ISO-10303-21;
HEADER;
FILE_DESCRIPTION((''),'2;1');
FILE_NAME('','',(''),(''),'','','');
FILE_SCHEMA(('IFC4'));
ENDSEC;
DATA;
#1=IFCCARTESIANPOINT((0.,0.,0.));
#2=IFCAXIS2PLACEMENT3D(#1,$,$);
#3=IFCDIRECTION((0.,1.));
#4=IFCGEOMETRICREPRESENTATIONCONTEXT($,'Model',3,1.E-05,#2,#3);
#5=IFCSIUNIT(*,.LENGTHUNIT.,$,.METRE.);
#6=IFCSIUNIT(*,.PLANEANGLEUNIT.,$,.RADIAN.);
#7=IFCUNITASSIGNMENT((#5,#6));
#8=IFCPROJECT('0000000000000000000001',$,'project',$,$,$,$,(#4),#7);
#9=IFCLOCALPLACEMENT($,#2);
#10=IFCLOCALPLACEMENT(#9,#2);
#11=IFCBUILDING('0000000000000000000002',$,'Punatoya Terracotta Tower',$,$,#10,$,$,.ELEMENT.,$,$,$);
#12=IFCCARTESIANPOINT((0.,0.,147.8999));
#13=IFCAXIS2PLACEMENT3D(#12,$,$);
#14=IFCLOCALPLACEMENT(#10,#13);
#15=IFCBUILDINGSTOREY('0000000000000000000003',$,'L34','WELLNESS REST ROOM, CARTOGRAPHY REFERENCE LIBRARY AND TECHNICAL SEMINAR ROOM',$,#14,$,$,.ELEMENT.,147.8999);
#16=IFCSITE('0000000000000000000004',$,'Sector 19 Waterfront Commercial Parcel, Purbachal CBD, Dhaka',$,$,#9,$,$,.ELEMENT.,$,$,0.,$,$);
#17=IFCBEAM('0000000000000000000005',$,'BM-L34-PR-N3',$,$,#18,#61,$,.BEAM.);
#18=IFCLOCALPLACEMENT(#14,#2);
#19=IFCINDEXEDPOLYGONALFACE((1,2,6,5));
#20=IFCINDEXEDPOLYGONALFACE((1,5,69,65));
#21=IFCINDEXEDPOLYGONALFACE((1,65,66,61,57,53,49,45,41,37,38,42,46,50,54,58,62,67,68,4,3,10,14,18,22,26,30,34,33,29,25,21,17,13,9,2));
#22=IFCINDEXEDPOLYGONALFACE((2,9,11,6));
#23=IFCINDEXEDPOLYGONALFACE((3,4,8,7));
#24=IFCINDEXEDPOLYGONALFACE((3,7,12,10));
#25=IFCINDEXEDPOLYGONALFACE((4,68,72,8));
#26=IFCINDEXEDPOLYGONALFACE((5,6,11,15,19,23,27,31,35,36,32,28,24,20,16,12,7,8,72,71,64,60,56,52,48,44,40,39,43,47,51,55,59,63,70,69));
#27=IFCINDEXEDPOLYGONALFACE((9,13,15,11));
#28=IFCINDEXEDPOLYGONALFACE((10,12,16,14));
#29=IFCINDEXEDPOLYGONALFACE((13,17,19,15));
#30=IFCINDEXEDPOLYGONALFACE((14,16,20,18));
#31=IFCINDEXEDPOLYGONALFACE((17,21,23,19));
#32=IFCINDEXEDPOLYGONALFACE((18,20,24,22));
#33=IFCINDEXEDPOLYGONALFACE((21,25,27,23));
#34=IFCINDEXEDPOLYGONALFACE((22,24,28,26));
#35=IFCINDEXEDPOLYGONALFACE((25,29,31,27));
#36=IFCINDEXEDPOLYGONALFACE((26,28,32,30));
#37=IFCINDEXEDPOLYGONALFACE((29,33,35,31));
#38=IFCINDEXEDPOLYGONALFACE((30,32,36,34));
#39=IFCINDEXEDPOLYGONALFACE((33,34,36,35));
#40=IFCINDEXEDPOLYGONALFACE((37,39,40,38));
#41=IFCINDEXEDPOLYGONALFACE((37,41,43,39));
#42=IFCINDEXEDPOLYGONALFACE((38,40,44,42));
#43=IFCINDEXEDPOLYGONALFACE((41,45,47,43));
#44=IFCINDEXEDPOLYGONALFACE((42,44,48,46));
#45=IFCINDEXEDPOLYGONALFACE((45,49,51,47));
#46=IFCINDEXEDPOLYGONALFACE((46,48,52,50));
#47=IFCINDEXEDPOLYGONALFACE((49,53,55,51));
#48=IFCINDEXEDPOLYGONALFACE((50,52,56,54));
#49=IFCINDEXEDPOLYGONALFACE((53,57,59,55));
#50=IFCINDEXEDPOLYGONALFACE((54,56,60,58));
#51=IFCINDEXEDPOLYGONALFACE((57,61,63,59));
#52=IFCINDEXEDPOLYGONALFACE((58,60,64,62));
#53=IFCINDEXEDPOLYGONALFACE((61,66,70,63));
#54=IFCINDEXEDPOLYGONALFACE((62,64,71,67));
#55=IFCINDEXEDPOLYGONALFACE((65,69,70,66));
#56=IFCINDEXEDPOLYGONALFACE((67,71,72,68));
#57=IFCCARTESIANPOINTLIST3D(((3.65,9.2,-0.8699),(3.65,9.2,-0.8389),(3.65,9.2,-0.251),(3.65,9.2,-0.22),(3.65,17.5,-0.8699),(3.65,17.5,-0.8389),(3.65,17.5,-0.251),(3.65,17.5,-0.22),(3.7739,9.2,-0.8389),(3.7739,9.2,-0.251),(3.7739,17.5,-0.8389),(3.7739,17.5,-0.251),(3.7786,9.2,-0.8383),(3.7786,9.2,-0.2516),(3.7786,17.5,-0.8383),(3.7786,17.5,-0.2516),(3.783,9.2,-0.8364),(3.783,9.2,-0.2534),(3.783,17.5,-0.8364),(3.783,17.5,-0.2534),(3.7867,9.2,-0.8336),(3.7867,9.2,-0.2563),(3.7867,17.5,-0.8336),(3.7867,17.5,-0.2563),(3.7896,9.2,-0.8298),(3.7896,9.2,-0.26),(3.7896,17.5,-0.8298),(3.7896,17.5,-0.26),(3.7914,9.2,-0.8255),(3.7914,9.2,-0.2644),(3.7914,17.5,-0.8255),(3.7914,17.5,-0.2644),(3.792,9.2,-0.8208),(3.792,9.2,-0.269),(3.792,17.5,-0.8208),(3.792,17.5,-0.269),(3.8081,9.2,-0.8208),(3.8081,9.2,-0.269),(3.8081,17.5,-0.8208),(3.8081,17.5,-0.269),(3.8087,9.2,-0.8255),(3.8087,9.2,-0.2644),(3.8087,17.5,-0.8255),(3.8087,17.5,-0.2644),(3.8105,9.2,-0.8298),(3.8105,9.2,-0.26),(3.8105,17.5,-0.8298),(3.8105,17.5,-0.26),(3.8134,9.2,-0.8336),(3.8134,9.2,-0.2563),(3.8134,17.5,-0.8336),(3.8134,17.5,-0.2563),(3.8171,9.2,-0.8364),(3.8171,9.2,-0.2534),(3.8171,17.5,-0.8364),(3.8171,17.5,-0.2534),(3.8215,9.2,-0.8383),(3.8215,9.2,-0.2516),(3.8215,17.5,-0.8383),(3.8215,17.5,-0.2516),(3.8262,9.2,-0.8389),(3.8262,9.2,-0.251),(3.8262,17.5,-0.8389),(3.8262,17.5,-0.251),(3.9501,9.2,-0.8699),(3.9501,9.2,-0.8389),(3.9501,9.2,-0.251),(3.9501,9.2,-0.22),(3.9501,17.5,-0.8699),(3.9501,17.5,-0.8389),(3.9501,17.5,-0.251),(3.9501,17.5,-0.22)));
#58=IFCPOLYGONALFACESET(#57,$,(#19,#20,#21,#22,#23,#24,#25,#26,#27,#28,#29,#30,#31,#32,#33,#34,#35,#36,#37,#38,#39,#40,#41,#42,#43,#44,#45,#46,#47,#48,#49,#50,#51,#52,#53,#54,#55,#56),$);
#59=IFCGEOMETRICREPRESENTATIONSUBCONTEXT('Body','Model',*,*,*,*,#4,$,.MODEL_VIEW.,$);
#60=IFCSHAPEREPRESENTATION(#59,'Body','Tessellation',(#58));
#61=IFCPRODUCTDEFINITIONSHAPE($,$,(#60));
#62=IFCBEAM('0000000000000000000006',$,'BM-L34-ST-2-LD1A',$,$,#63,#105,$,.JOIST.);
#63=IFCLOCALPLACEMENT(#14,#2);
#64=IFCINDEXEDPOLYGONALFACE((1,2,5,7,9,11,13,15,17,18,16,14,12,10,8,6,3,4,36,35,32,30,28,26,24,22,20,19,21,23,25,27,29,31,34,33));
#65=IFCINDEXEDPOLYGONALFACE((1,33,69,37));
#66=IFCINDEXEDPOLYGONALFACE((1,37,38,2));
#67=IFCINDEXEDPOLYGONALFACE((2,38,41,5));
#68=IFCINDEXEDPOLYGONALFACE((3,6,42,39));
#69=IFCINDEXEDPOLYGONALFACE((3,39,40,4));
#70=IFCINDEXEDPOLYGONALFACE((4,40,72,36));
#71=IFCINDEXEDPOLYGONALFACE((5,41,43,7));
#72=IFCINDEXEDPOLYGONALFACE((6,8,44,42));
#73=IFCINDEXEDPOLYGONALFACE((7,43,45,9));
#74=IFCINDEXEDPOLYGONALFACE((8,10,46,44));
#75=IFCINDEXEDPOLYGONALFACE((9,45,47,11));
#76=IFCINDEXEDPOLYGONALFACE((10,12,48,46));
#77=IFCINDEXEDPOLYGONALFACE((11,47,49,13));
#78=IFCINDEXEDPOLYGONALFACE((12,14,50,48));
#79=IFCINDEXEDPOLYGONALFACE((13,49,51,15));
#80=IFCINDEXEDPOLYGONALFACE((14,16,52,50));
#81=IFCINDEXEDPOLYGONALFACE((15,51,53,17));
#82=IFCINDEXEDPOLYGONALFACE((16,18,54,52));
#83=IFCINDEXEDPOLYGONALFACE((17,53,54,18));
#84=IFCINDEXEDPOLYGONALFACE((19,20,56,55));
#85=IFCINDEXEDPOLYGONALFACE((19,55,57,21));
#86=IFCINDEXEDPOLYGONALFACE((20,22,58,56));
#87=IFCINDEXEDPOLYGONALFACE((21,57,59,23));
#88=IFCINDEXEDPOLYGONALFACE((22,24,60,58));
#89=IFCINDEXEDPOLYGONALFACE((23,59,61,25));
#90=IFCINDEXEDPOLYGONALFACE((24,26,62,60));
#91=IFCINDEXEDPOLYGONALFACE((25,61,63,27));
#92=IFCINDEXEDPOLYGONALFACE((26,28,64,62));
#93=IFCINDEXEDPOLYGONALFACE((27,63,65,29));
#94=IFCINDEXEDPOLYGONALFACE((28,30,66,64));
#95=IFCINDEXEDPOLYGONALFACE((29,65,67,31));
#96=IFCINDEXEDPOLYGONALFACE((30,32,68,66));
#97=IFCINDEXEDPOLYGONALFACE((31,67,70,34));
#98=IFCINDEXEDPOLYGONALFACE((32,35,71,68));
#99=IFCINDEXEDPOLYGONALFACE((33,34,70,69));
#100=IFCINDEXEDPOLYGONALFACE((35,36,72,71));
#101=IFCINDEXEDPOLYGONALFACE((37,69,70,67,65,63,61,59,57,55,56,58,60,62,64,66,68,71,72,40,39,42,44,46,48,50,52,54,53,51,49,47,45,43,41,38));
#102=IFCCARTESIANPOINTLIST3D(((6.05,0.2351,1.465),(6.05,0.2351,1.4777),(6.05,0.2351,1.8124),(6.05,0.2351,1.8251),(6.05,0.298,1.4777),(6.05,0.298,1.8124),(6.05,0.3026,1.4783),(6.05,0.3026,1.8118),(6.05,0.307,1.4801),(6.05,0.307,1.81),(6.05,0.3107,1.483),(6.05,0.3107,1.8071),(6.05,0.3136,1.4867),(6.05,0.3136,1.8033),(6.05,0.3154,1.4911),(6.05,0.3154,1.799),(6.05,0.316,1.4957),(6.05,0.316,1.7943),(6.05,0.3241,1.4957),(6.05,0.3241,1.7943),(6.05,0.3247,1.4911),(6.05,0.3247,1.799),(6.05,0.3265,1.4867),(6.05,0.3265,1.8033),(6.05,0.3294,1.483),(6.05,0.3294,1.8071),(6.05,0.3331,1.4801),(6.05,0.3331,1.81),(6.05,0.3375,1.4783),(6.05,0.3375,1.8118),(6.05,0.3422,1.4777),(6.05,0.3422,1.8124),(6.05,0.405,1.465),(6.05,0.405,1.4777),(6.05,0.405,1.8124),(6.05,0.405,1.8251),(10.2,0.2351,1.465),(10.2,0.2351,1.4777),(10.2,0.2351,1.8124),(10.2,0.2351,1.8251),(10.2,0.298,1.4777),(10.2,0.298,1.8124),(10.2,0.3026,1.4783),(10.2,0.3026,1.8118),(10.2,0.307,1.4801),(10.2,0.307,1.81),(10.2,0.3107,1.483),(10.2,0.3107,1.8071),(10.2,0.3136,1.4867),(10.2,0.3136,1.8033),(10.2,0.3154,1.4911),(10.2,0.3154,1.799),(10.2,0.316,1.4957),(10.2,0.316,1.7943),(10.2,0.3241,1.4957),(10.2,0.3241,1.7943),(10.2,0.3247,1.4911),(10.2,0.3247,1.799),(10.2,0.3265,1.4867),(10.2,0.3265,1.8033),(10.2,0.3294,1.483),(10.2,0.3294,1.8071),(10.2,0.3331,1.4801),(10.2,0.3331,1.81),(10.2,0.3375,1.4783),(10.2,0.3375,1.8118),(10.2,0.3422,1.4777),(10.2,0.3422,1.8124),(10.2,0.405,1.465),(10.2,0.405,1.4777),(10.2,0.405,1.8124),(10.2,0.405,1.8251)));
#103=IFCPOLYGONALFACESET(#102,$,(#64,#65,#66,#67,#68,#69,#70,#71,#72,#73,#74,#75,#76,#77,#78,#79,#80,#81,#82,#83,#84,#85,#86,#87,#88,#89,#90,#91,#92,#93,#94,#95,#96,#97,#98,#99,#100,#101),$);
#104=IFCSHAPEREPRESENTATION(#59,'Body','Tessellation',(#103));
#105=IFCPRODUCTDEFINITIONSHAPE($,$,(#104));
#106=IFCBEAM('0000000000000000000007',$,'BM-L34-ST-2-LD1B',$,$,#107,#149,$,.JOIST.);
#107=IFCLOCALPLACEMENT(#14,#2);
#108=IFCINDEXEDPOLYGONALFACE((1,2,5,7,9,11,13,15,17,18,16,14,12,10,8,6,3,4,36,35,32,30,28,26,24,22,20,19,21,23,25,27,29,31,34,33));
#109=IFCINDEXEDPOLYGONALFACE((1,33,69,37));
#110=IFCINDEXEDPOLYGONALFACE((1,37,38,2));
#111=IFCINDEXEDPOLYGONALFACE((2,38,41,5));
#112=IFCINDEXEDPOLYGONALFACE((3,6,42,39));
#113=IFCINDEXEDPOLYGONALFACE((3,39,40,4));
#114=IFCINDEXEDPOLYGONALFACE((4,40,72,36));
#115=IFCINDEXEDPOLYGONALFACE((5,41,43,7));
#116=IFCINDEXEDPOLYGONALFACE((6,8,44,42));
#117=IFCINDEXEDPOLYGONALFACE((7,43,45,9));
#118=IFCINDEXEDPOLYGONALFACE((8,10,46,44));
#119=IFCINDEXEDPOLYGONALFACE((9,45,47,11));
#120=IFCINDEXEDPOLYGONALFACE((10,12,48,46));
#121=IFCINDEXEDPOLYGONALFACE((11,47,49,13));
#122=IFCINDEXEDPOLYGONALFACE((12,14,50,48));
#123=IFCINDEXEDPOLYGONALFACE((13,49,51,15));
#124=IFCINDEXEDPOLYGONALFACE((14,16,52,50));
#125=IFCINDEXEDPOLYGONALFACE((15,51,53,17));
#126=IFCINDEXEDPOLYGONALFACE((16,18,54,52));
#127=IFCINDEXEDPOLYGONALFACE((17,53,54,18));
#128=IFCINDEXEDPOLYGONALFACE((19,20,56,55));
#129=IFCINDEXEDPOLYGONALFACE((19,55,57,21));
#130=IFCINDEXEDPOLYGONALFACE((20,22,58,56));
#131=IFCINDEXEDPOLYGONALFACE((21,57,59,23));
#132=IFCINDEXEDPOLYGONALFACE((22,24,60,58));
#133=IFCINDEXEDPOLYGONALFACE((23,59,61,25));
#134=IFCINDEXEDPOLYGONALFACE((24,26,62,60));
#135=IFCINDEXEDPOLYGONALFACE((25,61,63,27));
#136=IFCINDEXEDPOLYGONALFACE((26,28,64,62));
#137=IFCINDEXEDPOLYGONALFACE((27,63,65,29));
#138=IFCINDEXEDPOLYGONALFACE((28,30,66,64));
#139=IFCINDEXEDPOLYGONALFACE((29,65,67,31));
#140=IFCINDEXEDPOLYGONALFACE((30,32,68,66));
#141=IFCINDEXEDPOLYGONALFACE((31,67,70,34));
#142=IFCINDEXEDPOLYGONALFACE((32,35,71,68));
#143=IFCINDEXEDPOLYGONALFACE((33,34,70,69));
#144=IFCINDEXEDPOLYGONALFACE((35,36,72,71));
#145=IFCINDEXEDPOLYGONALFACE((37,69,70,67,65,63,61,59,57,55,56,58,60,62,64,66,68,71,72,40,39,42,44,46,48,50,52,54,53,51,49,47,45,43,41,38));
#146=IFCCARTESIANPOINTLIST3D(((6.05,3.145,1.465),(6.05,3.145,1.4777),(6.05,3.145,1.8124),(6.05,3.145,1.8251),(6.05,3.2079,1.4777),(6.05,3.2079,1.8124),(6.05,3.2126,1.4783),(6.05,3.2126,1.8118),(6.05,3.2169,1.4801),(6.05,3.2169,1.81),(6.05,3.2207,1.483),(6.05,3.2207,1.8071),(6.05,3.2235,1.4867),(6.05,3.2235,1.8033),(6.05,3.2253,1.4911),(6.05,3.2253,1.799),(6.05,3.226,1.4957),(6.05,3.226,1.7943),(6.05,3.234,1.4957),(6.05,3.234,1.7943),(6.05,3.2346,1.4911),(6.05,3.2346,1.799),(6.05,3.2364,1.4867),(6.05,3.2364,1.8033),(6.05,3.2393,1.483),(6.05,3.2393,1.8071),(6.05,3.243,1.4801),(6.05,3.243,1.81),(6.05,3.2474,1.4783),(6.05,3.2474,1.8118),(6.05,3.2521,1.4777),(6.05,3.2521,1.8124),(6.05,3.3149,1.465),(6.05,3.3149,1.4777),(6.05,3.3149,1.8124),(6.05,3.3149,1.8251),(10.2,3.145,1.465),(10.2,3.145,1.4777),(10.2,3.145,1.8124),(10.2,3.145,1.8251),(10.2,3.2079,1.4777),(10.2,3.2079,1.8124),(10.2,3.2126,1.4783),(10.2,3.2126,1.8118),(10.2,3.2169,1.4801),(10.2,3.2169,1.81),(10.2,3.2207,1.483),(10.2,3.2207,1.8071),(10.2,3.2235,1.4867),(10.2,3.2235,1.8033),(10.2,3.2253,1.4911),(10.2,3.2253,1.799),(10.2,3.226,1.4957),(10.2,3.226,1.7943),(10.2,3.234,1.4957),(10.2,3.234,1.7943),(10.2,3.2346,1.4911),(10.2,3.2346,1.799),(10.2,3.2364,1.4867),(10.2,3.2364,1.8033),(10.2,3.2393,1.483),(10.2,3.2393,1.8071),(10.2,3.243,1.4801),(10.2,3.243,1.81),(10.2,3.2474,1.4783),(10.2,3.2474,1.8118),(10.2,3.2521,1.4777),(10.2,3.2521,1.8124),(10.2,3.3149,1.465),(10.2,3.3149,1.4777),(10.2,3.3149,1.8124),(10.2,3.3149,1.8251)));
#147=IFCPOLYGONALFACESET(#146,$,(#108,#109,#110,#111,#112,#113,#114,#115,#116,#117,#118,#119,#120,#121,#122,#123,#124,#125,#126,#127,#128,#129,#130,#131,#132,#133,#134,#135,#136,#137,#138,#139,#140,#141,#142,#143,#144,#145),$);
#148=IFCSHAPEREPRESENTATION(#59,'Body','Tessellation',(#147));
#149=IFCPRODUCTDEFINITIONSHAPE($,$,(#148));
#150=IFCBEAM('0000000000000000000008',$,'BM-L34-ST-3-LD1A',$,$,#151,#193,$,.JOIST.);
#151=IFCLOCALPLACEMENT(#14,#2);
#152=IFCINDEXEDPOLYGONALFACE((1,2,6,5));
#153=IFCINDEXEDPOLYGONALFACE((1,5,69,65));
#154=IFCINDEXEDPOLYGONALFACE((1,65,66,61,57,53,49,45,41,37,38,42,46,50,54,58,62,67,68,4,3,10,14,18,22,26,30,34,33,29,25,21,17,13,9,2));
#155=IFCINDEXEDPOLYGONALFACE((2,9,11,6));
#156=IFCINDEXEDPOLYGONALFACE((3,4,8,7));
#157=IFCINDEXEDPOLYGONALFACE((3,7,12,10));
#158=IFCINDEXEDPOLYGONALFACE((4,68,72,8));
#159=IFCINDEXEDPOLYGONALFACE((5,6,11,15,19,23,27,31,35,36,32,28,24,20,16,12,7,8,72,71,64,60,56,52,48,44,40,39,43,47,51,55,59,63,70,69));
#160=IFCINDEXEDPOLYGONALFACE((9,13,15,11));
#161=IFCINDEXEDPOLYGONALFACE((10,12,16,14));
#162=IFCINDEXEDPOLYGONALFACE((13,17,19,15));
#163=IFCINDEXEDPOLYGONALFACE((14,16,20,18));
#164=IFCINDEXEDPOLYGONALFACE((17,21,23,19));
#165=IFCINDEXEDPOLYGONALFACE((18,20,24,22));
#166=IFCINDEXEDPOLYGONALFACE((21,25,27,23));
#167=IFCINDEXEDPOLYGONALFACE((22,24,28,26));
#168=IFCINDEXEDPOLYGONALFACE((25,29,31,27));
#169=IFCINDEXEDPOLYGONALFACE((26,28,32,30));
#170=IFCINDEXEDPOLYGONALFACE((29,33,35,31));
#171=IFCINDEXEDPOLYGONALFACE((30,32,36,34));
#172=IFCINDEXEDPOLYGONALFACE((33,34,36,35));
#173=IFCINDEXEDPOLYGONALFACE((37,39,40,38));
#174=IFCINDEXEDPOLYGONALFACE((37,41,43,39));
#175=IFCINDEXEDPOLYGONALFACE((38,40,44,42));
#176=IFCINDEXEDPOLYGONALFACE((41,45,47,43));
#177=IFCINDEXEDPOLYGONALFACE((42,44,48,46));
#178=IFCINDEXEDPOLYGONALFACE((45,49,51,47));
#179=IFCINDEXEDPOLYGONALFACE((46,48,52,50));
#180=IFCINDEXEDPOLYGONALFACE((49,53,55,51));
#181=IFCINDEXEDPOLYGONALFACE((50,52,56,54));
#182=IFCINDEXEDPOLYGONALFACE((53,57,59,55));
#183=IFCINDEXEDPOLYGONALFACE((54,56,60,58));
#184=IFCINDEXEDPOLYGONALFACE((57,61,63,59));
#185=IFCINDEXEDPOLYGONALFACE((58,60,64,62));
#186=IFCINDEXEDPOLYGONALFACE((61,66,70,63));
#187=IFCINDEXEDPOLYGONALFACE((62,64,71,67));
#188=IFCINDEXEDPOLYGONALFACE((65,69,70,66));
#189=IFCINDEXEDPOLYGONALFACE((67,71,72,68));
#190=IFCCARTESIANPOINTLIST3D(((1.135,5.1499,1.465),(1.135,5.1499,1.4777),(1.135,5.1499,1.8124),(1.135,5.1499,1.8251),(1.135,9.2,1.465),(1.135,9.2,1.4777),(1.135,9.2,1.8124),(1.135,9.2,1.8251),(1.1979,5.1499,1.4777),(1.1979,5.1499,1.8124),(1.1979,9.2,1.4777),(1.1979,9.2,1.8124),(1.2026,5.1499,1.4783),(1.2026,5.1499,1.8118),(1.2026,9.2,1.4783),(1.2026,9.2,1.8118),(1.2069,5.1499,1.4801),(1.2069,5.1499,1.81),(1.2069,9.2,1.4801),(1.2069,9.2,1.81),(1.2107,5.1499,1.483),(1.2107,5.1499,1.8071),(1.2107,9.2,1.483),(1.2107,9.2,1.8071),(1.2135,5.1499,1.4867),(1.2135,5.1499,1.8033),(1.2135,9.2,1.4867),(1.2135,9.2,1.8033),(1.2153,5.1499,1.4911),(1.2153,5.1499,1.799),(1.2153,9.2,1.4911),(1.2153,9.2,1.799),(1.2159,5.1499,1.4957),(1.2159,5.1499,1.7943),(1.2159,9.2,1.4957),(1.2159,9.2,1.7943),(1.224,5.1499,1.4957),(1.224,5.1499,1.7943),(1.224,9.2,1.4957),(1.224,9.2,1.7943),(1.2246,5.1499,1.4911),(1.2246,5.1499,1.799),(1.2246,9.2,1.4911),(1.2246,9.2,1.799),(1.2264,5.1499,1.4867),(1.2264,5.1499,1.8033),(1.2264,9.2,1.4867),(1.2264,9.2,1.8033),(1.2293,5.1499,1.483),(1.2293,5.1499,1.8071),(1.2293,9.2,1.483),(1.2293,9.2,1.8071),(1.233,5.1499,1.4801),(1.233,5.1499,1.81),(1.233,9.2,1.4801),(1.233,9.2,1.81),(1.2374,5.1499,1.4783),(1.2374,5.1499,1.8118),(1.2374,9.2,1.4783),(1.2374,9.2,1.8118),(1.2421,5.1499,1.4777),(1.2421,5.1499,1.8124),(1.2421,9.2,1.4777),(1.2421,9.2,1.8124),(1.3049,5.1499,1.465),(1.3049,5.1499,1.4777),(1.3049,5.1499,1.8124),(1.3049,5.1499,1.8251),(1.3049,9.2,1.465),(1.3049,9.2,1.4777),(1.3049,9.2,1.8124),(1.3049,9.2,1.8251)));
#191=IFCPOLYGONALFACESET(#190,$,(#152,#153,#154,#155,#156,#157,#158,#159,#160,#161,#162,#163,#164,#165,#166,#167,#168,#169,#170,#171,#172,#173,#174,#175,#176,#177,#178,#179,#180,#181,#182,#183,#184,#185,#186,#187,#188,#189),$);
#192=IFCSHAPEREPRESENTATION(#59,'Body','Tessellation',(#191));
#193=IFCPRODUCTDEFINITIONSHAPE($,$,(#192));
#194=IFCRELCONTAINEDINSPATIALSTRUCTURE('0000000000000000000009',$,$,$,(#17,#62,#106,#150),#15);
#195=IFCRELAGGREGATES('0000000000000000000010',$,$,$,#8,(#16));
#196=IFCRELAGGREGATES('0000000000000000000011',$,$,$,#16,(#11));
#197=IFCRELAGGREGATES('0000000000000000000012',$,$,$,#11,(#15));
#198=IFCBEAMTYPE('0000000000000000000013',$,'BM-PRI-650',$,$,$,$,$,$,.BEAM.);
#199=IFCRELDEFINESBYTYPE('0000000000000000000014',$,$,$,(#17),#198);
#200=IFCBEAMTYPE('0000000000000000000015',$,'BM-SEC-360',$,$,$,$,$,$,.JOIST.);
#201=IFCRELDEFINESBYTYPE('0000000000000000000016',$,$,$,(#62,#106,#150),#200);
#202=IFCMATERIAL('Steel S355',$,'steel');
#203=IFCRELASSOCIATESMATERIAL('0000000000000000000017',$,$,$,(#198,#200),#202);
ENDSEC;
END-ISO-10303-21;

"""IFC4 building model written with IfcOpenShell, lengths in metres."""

from ifc_helpers import new_model, si_unit, direction, frame, origin, origin_2d, place, context, subcontext, project, spatial, i_section, extrude, material, material_profile, profile_set, type_object, element, save


model = new_model("IFC4")

# Units and contexts
model_context = context("Model", 3, precision=1e-05, world=origin(), true_north=direction((0.0, 1.0)))
body_context = subcontext(model_context, "Body", "Model", "MODEL_VIEW")
ifc_project = project(units=[si_unit("LENGTHUNIT", "METRE"), si_unit("PLANEANGLEUNIT", "RADIAN")], contexts=[model_context])

# Site, building, storey
site_placement = place(None, origin())
site = spatial("IfcSite", under=ifc_project, at=site_placement, Name="Sector 19 Waterfront Commercial Parcel, Purbachal CBD, Dhaka", CompositionType="ELEMENT", RefElevation=0.0)
building_placement = place(site_placement, origin())
building = spatial("IfcBuilding", under=site, at=building_placement, Name="Punatoya Terracotta Tower", CompositionType="ELEMENT")
storey_placement = place(building_placement, frame((0.0, 0.0, 147.8999)))
storey = spatial("IfcBuildingStorey", under=building, at=storey_placement, Name="L34", Description="WELLNESS REST ROOM, CARTOGRAPHY REFERENCE LIBRARY AND TECHNICAL SEMINAR ROOM", CompositionType="ELEMENT", Elevation=147.8999)

# Beams
ifc_material_1 = material(Name="Steel S355", Category="steel")
ifc_material_profile_1 = material_profile(ifc_material_1, i_section(OverallWidth=0.3, OverallDepth=0.6499, WebThickness=0.0161, FlangeThickness=0.031, FilletRadius=0.0181, at=origin_2d()))
ifc_profile_set_1 = profile_set([ifc_material_profile_1], Name="Steel S355")
beam_type_1 = type_object("IfcBeamType", Name="BM-PRI-650", PredefinedType="BEAM", material=ifc_profile_set_1)
beam_placement = place(storey_placement, frame((3.8, 9.2, -0.5449), z_axis=(0.0, 1.0, 0.0), x_axis=(-1.0, 0.0, 0.0)))
element("IfcBeam", 1, at=beam_placement, inside=storey, type_object=beam_type_1, Name="BM-L34-PR-N3", PredefinedType="BEAM", context=body_context, shape_type="SweptSolid", body=[
    extrude(i_section(OverallWidth=0.3, OverallDepth=0.6499, WebThickness=0.0161, FlangeThickness=0.031, FilletRadius=0.0181, at=origin_2d()), origin(), (0.0, 0.0, 1.0), 8.3),
])
ifc_material_profile_2 = material_profile(ifc_material_1, i_section(OverallWidth=0.1699, OverallDepth=0.3601, WebThickness=0.0081, FlangeThickness=0.0127, FilletRadius=0.0181, at=origin_2d()))
ifc_profile_set_2 = profile_set([ifc_material_profile_2], Name="Steel S355")
beam_type_2 = type_object("IfcBeamType", Name="BM-SEC-360", PredefinedType="JOIST", material=ifc_profile_set_2)
for number, where, z_axis, x_axis, name in (
    (2, (6.05, 0.3201, 1.645), (1.0, 0.0, 0.0), (0.0, 1.0, 0.0), "BM-L34-ST-2-LD1A"),
    (3, (6.05, 3.23, 1.645), (1.0, 0.0, 0.0), (0.0, 1.0, 0.0), "BM-L34-ST-2-LD1B"),
):
    element("IfcBeam", number, at=place(storey_placement, frame(where, z_axis=z_axis, x_axis=x_axis)), inside=storey, type_object=beam_type_2, Name=name, PredefinedType="JOIST", context=body_context, shape_type="SweptSolid", body=[
        extrude(i_section(OverallWidth=0.1699, OverallDepth=0.3601, WebThickness=0.0081, FlangeThickness=0.0127, FilletRadius=0.0181, at=origin_2d()), origin(), (0.0, 0.0, 1.0), 4.1499),
    ])
for number, where, z_axis, x_axis, name in (
    (4, (1.22, 5.1499, 1.645), (0.0, 1.0, 0.0), (-1.0, 0.0, 0.0), "BM-L34-ST-3-LD1A"),
):
    element("IfcBeam", number, at=place(storey_placement, frame(where, z_axis=z_axis, x_axis=x_axis)), inside=storey, type_object=beam_type_2, Name=name, PredefinedType="JOIST", context=body_context, shape_type="SweptSolid", body=[
        extrude(i_section(OverallWidth=0.1699, OverallDepth=0.3601, WebThickness=0.0081, FlangeThickness=0.0127, FilletRadius=0.0181, at=origin_2d()), origin(), (0.0, 0.0, 1.0), 4.05),
    ])

save(model, "model.ifc")
